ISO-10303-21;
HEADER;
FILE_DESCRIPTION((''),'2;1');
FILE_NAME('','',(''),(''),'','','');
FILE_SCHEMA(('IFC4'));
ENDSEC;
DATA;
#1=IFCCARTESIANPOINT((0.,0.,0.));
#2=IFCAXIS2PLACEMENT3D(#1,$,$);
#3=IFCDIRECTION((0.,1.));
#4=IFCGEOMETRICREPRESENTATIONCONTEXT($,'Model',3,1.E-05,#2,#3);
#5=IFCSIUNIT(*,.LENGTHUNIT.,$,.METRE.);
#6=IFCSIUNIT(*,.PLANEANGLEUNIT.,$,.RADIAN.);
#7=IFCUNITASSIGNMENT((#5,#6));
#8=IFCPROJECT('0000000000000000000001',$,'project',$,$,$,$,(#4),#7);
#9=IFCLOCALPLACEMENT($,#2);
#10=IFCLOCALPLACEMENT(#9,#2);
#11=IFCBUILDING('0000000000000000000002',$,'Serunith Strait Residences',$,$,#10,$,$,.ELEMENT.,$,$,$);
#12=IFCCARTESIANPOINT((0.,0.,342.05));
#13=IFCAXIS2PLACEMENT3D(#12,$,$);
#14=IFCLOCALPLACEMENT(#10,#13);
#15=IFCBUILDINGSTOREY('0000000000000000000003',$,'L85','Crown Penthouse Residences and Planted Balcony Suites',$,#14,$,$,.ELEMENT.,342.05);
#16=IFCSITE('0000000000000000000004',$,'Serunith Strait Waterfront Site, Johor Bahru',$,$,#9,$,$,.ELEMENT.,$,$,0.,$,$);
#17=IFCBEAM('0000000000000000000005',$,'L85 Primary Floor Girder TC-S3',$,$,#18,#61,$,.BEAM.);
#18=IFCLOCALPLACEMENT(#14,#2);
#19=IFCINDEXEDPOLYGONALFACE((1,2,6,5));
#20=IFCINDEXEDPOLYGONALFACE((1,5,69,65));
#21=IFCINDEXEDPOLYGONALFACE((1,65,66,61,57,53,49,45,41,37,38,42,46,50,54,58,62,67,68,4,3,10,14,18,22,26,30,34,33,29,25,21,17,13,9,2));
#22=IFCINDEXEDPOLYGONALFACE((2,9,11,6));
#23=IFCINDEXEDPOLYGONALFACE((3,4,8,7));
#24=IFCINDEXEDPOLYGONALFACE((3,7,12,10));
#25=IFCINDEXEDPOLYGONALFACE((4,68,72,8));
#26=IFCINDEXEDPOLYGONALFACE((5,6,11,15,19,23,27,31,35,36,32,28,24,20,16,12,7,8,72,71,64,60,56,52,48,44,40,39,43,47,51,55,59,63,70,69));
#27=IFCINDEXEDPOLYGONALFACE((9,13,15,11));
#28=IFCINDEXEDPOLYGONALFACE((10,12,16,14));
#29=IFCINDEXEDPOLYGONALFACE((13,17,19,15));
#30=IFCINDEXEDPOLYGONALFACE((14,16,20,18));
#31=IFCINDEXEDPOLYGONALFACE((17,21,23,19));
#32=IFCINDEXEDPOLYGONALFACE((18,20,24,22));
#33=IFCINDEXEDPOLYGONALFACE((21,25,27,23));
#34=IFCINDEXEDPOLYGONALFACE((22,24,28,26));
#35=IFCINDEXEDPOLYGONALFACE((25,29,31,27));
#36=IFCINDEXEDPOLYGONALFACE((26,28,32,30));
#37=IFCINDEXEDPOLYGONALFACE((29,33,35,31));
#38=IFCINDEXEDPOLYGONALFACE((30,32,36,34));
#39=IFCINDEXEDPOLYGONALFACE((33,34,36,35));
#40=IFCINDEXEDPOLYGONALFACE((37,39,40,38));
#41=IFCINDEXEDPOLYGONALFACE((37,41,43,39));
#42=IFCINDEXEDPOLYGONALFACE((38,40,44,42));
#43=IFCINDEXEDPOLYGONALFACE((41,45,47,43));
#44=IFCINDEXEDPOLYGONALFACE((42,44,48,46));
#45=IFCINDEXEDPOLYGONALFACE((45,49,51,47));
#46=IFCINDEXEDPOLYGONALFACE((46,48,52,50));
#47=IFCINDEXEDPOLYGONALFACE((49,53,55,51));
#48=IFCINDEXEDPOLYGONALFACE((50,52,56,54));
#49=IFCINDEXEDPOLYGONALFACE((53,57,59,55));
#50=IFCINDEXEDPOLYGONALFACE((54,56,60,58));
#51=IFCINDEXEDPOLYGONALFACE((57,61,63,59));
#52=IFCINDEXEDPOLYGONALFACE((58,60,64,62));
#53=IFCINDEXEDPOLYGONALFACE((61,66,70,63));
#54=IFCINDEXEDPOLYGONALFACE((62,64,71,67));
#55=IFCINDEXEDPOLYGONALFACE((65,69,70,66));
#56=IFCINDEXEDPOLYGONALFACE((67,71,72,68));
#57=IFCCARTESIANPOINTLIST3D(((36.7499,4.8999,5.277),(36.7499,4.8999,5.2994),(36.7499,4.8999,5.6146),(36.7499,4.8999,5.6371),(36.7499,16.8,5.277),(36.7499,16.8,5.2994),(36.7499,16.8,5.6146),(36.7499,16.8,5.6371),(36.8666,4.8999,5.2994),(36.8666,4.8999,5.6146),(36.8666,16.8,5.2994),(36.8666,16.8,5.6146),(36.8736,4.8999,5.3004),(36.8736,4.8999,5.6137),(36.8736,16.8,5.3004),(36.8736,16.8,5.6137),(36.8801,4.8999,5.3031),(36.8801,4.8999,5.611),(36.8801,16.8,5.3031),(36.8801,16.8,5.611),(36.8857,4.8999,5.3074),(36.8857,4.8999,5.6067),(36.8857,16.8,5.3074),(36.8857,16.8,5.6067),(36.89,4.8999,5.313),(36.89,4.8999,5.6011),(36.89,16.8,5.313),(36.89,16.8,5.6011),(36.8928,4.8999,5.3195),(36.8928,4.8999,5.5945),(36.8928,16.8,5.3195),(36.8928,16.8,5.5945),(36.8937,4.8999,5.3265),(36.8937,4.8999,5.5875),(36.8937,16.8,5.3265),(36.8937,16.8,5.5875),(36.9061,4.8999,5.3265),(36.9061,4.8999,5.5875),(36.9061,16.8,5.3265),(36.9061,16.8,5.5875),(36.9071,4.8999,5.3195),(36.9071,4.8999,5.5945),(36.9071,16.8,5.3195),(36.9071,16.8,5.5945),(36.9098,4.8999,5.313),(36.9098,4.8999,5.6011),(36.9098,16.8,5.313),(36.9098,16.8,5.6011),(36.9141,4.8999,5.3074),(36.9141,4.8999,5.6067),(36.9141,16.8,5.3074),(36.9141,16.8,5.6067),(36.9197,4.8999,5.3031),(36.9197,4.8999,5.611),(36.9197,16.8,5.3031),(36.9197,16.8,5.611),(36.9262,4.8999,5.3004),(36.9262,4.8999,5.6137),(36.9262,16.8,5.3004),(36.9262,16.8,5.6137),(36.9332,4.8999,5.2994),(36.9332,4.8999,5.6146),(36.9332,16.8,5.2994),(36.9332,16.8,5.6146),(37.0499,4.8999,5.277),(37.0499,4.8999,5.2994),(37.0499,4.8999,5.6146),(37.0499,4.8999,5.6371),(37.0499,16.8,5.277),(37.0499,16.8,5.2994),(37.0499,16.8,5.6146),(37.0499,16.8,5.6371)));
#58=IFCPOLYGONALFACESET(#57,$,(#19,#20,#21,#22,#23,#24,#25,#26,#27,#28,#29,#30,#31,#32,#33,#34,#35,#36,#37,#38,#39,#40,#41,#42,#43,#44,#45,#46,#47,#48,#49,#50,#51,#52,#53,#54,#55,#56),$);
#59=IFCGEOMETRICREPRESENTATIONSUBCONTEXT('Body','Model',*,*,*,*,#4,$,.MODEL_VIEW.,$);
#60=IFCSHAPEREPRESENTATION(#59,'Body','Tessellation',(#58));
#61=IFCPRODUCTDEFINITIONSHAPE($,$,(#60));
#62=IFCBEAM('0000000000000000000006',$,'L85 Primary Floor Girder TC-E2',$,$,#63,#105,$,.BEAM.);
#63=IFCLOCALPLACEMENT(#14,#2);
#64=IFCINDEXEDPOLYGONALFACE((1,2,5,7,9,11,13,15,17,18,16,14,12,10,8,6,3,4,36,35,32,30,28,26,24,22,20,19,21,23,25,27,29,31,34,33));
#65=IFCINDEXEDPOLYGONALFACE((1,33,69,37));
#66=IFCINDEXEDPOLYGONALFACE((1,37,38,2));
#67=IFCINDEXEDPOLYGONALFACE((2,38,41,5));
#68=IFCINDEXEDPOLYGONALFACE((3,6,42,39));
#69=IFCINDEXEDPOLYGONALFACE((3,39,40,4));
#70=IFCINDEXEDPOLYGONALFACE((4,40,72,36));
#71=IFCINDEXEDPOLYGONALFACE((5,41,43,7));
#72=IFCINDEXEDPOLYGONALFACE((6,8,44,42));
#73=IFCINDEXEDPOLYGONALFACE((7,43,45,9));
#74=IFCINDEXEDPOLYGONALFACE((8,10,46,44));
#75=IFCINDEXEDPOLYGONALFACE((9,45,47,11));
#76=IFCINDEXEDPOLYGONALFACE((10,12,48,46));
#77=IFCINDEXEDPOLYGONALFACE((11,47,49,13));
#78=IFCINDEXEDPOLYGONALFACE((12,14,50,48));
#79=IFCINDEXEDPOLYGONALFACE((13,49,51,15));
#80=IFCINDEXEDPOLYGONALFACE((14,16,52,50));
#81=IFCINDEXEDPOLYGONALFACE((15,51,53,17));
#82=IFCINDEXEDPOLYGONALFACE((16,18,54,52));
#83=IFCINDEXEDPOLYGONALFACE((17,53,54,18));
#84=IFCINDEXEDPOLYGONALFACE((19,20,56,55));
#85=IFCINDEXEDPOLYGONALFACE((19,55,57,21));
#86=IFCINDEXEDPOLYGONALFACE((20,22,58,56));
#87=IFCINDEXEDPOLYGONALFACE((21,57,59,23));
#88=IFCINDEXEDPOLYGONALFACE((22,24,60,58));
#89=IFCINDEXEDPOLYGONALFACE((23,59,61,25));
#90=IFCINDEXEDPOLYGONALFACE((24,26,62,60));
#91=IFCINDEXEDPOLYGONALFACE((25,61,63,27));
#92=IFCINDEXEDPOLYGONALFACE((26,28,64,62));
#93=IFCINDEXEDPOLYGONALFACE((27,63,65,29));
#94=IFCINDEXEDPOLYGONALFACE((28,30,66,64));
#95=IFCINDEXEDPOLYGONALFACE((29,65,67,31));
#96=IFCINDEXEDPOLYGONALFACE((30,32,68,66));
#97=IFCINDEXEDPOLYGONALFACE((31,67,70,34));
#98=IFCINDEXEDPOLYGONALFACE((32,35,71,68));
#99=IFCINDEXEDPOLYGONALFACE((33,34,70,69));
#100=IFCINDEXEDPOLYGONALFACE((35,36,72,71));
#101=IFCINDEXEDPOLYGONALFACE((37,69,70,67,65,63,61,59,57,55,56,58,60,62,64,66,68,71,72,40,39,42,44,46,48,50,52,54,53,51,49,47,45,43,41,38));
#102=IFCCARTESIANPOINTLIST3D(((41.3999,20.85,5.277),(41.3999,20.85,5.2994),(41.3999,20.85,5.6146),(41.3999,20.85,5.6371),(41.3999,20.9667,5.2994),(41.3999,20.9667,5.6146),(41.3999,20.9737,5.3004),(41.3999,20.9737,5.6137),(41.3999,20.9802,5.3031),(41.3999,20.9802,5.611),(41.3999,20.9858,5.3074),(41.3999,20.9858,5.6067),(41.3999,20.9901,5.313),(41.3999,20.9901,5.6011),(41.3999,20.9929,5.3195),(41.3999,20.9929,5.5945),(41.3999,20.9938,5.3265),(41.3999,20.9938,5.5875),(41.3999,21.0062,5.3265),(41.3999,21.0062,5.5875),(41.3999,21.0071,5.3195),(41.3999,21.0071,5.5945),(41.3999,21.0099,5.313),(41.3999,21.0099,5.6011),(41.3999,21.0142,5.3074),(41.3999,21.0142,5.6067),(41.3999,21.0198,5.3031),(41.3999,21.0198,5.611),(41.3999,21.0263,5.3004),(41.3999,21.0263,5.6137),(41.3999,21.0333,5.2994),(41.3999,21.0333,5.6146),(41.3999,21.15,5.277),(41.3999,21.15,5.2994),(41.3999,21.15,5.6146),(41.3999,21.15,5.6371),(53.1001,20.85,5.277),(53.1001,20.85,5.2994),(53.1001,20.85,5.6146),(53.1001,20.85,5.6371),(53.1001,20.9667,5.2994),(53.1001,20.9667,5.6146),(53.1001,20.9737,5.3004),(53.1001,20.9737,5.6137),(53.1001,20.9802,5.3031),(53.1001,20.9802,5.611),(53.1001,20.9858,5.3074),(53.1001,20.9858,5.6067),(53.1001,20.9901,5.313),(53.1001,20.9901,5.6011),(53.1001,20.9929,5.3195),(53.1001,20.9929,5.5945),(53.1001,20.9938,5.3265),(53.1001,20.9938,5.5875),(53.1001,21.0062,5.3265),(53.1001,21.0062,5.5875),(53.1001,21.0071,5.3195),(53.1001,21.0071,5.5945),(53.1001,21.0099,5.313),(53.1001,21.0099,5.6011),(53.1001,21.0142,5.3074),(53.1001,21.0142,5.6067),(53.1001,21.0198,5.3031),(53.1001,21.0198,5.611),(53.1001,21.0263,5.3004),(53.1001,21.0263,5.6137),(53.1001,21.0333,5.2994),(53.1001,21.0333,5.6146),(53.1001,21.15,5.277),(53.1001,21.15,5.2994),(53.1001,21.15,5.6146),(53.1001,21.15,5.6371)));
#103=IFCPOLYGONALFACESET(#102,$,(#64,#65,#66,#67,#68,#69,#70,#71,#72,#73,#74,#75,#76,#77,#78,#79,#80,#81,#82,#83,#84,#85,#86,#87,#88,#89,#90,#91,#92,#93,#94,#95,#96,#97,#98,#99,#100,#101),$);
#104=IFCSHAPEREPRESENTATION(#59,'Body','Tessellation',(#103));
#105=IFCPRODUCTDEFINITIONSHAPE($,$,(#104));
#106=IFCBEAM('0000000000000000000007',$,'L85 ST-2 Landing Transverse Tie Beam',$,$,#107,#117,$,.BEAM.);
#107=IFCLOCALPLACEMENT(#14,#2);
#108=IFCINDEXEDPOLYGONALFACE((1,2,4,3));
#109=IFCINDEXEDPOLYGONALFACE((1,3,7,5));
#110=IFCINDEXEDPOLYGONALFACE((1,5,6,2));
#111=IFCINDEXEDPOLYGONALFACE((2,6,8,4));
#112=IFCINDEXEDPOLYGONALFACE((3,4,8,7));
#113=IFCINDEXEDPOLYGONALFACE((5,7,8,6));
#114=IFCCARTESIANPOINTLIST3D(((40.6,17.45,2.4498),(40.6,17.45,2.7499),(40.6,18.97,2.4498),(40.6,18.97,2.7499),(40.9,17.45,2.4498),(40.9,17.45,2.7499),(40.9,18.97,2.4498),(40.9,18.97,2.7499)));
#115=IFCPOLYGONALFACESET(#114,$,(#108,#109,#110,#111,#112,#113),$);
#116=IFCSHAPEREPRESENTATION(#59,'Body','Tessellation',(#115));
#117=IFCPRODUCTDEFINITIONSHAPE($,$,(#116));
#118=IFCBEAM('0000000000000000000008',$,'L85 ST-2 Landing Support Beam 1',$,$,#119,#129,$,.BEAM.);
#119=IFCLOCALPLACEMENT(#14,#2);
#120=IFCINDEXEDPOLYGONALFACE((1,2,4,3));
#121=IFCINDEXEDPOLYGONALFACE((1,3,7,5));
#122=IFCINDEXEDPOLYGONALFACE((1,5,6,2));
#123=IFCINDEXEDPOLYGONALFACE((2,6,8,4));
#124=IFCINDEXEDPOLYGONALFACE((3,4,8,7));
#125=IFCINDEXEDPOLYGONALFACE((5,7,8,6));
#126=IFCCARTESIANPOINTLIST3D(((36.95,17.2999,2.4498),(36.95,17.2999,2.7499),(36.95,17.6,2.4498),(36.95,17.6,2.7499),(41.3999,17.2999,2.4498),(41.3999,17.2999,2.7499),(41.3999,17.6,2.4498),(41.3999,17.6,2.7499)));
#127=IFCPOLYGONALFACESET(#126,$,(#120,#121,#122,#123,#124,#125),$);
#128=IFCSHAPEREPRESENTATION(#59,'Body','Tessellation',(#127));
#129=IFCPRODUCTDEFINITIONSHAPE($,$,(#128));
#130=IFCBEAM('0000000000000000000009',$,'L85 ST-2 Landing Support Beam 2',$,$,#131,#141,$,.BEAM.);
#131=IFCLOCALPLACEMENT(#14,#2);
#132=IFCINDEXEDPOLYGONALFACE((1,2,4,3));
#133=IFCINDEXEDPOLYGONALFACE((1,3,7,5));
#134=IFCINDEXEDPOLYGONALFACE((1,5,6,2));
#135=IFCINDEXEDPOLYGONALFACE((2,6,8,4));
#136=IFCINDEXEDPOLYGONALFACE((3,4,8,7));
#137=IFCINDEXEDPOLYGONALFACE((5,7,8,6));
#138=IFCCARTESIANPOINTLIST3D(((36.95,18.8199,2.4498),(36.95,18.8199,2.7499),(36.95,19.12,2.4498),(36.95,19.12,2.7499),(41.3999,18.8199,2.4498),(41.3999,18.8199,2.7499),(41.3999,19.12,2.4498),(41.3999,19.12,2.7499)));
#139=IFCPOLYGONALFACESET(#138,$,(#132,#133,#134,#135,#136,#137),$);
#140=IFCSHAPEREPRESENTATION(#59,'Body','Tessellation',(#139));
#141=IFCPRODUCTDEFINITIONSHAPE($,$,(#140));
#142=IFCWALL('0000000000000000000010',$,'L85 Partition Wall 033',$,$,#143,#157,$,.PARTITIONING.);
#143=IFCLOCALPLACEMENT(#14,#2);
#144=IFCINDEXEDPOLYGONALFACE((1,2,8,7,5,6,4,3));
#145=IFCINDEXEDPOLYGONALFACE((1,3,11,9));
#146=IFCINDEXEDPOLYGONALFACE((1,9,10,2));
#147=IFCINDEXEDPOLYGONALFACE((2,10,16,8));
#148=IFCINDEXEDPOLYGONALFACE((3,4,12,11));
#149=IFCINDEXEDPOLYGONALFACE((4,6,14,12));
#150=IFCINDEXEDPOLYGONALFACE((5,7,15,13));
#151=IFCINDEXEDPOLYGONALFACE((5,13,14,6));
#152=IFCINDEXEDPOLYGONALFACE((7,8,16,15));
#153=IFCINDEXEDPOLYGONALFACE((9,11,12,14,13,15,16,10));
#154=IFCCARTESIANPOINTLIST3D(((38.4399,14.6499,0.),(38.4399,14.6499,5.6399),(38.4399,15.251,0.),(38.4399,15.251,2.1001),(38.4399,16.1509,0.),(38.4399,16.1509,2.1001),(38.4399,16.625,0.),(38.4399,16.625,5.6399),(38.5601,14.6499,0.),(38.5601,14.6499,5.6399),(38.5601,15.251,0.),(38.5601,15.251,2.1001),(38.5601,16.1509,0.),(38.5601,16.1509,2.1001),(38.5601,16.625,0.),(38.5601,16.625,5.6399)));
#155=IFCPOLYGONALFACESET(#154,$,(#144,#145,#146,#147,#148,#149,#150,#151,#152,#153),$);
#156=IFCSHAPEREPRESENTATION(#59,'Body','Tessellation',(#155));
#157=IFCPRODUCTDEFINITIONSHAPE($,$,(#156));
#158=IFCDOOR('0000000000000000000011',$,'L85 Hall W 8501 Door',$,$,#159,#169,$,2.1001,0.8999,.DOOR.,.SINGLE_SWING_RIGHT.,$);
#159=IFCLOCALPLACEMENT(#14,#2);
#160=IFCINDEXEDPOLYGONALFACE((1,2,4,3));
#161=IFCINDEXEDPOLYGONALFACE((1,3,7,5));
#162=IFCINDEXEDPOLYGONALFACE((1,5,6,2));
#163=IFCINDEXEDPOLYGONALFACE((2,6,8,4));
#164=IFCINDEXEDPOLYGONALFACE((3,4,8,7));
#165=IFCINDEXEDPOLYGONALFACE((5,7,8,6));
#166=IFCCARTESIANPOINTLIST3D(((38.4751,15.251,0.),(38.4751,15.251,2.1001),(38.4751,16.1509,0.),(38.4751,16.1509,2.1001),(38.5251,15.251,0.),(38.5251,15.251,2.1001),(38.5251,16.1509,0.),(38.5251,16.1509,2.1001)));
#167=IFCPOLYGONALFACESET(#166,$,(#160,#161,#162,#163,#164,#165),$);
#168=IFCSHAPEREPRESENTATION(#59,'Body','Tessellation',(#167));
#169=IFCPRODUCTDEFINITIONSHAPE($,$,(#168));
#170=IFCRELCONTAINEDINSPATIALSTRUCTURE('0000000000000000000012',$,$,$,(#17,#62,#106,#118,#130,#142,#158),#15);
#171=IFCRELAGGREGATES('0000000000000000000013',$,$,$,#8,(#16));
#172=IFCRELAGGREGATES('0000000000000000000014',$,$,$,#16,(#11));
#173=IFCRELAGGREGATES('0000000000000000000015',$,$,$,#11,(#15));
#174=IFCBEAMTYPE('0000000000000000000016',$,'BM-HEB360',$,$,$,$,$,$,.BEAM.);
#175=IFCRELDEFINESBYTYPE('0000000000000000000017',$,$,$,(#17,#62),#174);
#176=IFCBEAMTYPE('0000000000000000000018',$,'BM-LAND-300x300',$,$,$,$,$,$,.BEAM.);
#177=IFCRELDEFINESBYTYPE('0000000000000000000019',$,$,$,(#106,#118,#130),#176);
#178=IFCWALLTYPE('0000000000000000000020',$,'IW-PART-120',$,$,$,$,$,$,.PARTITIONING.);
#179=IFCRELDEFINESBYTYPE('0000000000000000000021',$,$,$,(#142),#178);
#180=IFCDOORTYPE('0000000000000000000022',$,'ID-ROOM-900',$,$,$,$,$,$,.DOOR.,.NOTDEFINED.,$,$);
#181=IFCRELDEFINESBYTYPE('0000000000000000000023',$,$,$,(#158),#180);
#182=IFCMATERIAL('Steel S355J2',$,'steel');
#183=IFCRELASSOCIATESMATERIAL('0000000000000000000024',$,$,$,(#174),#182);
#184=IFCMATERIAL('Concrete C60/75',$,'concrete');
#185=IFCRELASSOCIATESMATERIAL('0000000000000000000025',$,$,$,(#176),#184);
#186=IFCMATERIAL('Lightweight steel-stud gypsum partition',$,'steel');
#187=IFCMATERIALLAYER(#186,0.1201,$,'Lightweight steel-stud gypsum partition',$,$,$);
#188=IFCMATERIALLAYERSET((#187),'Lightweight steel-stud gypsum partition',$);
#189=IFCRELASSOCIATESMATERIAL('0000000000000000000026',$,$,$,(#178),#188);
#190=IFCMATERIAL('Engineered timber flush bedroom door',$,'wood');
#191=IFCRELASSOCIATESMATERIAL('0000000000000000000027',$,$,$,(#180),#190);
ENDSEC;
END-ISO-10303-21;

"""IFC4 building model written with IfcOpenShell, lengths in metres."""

from ifc_helpers import new_model, si_unit, direction, frame, frame_2d, origin, origin_2d, place, context, subcontext, project, spatial, rectangle, i_section, extrude, source, transform, mapped, material, layer, layer_set, material_profile, profile_set, type_object, element, fill, save


model = new_model("IFC4")

# Units and contexts
model_context = context("Model", 3, precision=1e-05, world=origin(), true_north=direction((0.0, 1.0)))
body_context = subcontext(model_context, "Body", "Model", "MODEL_VIEW")
ifc_project = project(units=[si_unit("LENGTHUNIT", "METRE"), si_unit("PLANEANGLEUNIT", "RADIAN")], contexts=[model_context])

# Site, building, storey
site_placement = place(None, origin())
site = spatial("IfcSite", under=ifc_project, at=site_placement, Name="Serunith Strait Waterfront Site, Johor Bahru", CompositionType="ELEMENT", RefElevation=0.0)
building_placement = place(site_placement, origin())
building = spatial("IfcBuilding", under=site, at=building_placement, Name="Serunith Strait Residences", CompositionType="ELEMENT")
storey_placement = place(building_placement, frame((0.0, 0.0, 342.05)))
storey = spatial("IfcBuildingStorey", under=building, at=storey_placement, Name="L85", Description="Crown Penthouse Residences and Planted Balcony Suites", CompositionType="ELEMENT", Elevation=342.05)

# Beams
ifc_material_1 = material(Name="Steel S355J2", Category="steel")
ifc_material_profile_1 = material_profile(ifc_material_1, i_section(OverallWidth=0.3, OverallDepth=0.3601, WebThickness=0.0125, FlangeThickness=0.0225, FilletRadius=0.0271, at=origin_2d()), Name="HEB 360")
ifc_profile_set_1 = profile_set([ifc_material_profile_1], Name="Steel S355J2")
beam_type_1 = type_object("IfcBeamType", Name="BM-HEB360", PredefinedType="BEAM", material=ifc_profile_set_1)
shared_shape_1 = source(origin(), body_context, "Body", "SweptSolid", [
    extrude(i_section(OverallWidth=0.3, OverallDepth=0.3601, WebThickness=0.0125, FlangeThickness=0.0225, FilletRadius=0.0271, at=origin_2d()), origin(), (0.0, 0.0, 1.0), 11.9001),
])
beam_1_placement = place(storey_placement, frame((36.8999, 16.8, 5.457), z_axis=(0.0, -1.0, 0.0), x_axis=(1.0, 0.0, 0.0)))
element("IfcBeam", 1, at=beam_1_placement, inside=storey, type_object=beam_type_1, Name="L85 Primary Floor Girder TC-S3", PredefinedType="BEAM", context=body_context, shape_type="MappedRepresentation", body=[
    mapped(shared_shape_1, transform((0.0, 0.0, 0.0), scale=1.0)),
])
shared_shape_2 = source(origin(), body_context, "Body", "SweptSolid", [
    extrude(i_section(OverallWidth=0.3, OverallDepth=0.3601, WebThickness=0.0125, FlangeThickness=0.0225, FilletRadius=0.0271, at=origin_2d()), origin(), (0.0, 0.0, 1.0), 11.7002),
])
beam_2_placement = place(storey_placement, frame((41.3999, 21.0, 5.457), z_axis=(1.0, 0.0, 0.0), x_axis=(0.0, 1.0, 0.0)))
element("IfcBeam", 2, at=beam_2_placement, inside=storey, type_object=beam_type_1, Name="L85 Primary Floor Girder TC-E2", PredefinedType="BEAM", context=body_context, shape_type="MappedRepresentation", body=[
    mapped(shared_shape_2, transform((0.0, 0.0, 0.0), scale=1.0)),
])
ifc_material_2 = material(Name="Concrete C60/75", Category="concrete")
ifc_material_profile_2 = material_profile(ifc_material_2, rectangle(XDim=0.3, YDim=0.3, at=origin_2d()), Name="RC 300x300")
ifc_profile_set_2 = profile_set([ifc_material_profile_2], Name="Concrete C60/75")
beam_type_2 = type_object("IfcBeamType", Name="BM-LAND-300x300", PredefinedType="BEAM", material=ifc_profile_set_2)
shared_shape_3 = source(origin(), body_context, "Body", "SweptSolid", [
    extrude(rectangle(XDim=0.3, YDim=0.3, at=origin_2d()), origin(), (0.0, 0.0, 1.0), 1.52),
])
beam_3_placement = place(storey_placement, frame((40.75, 17.45, 2.5999), z_axis=(0.0, 1.0, 0.0), x_axis=(-1.0, 0.0, 0.0)))
element("IfcBeam", 3, at=beam_3_placement, inside=storey, type_object=beam_type_2, Name="L85 ST-2 Landing Transverse Tie Beam", PredefinedType="BEAM", context=body_context, shape_type="MappedRepresentation", body=[
    mapped(shared_shape_3, transform((0.0, 0.0, 0.0), scale=1.0)),
])
shared_shape_4 = source(origin(), body_context, "Body", "SweptSolid", [
    extrude(rectangle(XDim=0.3, YDim=0.3, at=origin_2d()), origin(), (0.0, 0.0, 1.0), 4.45),
])
for number, where, z_axis, x_axis, name in (
    (4, (36.95, 17.45, 2.5999), (1.0, 0.0, 0.0), (0.0, 1.0, 0.0), "L85 ST-2 Landing Support Beam 1"),
    (5, (36.95, 18.97, 2.5999), (1.0, 0.0, 0.0), (0.0, 1.0, 0.0), "L85 ST-2 Landing Support Beam 2"),
):
    element("IfcBeam", number, at=place(storey_placement, frame(where, z_axis=z_axis, x_axis=x_axis)), inside=storey, type_object=beam_type_2, Name=name, PredefinedType="BEAM", context=body_context, shape_type="MappedRepresentation", body=[
        mapped(shared_shape_4, transform((0.0, 0.0, 0.0), scale=1.0)),
    ])

# Wall, opening, door
ifc_material_3 = material(Name="Lightweight steel-stud gypsum partition", Category="steel")
ifc_layer_1 = layer(ifc_material_3, 0.1201, Name="Lightweight steel-stud gypsum partition")
ifc_layer_set_1 = layer_set([ifc_layer_1], Name="Lightweight steel-stud gypsum partition")
wall_type_1 = type_object("IfcWallType", Name="IW-PART-120", PredefinedType="PARTITIONING", material=ifc_layer_set_1)
wall_1_placement = place(storey_placement, frame((38.5, 14.6499, 0.0), z_axis=(0.0, 0.0, 1.0), x_axis=(0.0, 1.0, 0.0)))
wall_1 = element("IfcWall", 6, at=wall_1_placement, inside=storey, type_object=wall_type_1, Name="L85 Partition Wall 033", PredefinedType="PARTITIONING", context=body_context, shape_type="SweptSolid", body=[
    extrude(rectangle(XDim=1.9751, YDim=0.1201, at=frame_2d((0.9875, 0.0))), origin(), (0.0, 0.0, 1.0), 5.6399),
])
opening_1_placement = place(wall_1_placement, frame((0.6011, 0.0, 0.0)))
opening_1 = element("IfcOpeningElement", 7, at=opening_1_placement, cuts=wall_1, PredefinedType="OPENING", context=body_context, shape_type="SweptSolid", body=[
    extrude(rectangle(XDim=0.8999, YDim=2.1001, at=frame_2d((0.45, 1.05))), frame((0.0, 0.0701, 0.0), z_axis=(0.0, -1.0, 0.0), x_axis=(1.0, 0.0, 0.0)), (0.0, 0.0, 1.0), 0.1401),
])
ifc_material_4 = material(Name="Engineered timber flush bedroom door", Category="wood")
door_type_1 = type_object("IfcDoorType", Name="ID-ROOM-900", OperationType="NOTDEFINED", PredefinedType="DOOR", material=ifc_material_4)
shared_shape_5 = source(origin(), body_context, "Body", "SweptSolid", [
    extrude(rectangle(XDim=0.8999, YDim=2.1001, at=frame_2d((0.45, 1.05))), frame((0.0, 0.0249, 0.0), z_axis=(0.0, -1.0, 0.0), x_axis=(1.0, 0.0, 0.0)), (0.0, 0.0, 1.0), 0.05),
])
door_1_placement = place(opening_1_placement, origin())
door_1 = element("IfcDoor", 8, at=door_1_placement, inside=storey, type_object=door_type_1, Name="L85 Hall W 8501 Door", OperationType="SINGLE_SWING_RIGHT", OverallHeight=2.1001, OverallWidth=0.8999, PredefinedType="DOOR", context=body_context, shape_type="MappedRepresentation", body=[
    mapped(shared_shape_5, transform((0.0, 0.0, 0.0), scale=1.0)),
])
fill(opening_1, door_1)

save(model, "model.ifc")
